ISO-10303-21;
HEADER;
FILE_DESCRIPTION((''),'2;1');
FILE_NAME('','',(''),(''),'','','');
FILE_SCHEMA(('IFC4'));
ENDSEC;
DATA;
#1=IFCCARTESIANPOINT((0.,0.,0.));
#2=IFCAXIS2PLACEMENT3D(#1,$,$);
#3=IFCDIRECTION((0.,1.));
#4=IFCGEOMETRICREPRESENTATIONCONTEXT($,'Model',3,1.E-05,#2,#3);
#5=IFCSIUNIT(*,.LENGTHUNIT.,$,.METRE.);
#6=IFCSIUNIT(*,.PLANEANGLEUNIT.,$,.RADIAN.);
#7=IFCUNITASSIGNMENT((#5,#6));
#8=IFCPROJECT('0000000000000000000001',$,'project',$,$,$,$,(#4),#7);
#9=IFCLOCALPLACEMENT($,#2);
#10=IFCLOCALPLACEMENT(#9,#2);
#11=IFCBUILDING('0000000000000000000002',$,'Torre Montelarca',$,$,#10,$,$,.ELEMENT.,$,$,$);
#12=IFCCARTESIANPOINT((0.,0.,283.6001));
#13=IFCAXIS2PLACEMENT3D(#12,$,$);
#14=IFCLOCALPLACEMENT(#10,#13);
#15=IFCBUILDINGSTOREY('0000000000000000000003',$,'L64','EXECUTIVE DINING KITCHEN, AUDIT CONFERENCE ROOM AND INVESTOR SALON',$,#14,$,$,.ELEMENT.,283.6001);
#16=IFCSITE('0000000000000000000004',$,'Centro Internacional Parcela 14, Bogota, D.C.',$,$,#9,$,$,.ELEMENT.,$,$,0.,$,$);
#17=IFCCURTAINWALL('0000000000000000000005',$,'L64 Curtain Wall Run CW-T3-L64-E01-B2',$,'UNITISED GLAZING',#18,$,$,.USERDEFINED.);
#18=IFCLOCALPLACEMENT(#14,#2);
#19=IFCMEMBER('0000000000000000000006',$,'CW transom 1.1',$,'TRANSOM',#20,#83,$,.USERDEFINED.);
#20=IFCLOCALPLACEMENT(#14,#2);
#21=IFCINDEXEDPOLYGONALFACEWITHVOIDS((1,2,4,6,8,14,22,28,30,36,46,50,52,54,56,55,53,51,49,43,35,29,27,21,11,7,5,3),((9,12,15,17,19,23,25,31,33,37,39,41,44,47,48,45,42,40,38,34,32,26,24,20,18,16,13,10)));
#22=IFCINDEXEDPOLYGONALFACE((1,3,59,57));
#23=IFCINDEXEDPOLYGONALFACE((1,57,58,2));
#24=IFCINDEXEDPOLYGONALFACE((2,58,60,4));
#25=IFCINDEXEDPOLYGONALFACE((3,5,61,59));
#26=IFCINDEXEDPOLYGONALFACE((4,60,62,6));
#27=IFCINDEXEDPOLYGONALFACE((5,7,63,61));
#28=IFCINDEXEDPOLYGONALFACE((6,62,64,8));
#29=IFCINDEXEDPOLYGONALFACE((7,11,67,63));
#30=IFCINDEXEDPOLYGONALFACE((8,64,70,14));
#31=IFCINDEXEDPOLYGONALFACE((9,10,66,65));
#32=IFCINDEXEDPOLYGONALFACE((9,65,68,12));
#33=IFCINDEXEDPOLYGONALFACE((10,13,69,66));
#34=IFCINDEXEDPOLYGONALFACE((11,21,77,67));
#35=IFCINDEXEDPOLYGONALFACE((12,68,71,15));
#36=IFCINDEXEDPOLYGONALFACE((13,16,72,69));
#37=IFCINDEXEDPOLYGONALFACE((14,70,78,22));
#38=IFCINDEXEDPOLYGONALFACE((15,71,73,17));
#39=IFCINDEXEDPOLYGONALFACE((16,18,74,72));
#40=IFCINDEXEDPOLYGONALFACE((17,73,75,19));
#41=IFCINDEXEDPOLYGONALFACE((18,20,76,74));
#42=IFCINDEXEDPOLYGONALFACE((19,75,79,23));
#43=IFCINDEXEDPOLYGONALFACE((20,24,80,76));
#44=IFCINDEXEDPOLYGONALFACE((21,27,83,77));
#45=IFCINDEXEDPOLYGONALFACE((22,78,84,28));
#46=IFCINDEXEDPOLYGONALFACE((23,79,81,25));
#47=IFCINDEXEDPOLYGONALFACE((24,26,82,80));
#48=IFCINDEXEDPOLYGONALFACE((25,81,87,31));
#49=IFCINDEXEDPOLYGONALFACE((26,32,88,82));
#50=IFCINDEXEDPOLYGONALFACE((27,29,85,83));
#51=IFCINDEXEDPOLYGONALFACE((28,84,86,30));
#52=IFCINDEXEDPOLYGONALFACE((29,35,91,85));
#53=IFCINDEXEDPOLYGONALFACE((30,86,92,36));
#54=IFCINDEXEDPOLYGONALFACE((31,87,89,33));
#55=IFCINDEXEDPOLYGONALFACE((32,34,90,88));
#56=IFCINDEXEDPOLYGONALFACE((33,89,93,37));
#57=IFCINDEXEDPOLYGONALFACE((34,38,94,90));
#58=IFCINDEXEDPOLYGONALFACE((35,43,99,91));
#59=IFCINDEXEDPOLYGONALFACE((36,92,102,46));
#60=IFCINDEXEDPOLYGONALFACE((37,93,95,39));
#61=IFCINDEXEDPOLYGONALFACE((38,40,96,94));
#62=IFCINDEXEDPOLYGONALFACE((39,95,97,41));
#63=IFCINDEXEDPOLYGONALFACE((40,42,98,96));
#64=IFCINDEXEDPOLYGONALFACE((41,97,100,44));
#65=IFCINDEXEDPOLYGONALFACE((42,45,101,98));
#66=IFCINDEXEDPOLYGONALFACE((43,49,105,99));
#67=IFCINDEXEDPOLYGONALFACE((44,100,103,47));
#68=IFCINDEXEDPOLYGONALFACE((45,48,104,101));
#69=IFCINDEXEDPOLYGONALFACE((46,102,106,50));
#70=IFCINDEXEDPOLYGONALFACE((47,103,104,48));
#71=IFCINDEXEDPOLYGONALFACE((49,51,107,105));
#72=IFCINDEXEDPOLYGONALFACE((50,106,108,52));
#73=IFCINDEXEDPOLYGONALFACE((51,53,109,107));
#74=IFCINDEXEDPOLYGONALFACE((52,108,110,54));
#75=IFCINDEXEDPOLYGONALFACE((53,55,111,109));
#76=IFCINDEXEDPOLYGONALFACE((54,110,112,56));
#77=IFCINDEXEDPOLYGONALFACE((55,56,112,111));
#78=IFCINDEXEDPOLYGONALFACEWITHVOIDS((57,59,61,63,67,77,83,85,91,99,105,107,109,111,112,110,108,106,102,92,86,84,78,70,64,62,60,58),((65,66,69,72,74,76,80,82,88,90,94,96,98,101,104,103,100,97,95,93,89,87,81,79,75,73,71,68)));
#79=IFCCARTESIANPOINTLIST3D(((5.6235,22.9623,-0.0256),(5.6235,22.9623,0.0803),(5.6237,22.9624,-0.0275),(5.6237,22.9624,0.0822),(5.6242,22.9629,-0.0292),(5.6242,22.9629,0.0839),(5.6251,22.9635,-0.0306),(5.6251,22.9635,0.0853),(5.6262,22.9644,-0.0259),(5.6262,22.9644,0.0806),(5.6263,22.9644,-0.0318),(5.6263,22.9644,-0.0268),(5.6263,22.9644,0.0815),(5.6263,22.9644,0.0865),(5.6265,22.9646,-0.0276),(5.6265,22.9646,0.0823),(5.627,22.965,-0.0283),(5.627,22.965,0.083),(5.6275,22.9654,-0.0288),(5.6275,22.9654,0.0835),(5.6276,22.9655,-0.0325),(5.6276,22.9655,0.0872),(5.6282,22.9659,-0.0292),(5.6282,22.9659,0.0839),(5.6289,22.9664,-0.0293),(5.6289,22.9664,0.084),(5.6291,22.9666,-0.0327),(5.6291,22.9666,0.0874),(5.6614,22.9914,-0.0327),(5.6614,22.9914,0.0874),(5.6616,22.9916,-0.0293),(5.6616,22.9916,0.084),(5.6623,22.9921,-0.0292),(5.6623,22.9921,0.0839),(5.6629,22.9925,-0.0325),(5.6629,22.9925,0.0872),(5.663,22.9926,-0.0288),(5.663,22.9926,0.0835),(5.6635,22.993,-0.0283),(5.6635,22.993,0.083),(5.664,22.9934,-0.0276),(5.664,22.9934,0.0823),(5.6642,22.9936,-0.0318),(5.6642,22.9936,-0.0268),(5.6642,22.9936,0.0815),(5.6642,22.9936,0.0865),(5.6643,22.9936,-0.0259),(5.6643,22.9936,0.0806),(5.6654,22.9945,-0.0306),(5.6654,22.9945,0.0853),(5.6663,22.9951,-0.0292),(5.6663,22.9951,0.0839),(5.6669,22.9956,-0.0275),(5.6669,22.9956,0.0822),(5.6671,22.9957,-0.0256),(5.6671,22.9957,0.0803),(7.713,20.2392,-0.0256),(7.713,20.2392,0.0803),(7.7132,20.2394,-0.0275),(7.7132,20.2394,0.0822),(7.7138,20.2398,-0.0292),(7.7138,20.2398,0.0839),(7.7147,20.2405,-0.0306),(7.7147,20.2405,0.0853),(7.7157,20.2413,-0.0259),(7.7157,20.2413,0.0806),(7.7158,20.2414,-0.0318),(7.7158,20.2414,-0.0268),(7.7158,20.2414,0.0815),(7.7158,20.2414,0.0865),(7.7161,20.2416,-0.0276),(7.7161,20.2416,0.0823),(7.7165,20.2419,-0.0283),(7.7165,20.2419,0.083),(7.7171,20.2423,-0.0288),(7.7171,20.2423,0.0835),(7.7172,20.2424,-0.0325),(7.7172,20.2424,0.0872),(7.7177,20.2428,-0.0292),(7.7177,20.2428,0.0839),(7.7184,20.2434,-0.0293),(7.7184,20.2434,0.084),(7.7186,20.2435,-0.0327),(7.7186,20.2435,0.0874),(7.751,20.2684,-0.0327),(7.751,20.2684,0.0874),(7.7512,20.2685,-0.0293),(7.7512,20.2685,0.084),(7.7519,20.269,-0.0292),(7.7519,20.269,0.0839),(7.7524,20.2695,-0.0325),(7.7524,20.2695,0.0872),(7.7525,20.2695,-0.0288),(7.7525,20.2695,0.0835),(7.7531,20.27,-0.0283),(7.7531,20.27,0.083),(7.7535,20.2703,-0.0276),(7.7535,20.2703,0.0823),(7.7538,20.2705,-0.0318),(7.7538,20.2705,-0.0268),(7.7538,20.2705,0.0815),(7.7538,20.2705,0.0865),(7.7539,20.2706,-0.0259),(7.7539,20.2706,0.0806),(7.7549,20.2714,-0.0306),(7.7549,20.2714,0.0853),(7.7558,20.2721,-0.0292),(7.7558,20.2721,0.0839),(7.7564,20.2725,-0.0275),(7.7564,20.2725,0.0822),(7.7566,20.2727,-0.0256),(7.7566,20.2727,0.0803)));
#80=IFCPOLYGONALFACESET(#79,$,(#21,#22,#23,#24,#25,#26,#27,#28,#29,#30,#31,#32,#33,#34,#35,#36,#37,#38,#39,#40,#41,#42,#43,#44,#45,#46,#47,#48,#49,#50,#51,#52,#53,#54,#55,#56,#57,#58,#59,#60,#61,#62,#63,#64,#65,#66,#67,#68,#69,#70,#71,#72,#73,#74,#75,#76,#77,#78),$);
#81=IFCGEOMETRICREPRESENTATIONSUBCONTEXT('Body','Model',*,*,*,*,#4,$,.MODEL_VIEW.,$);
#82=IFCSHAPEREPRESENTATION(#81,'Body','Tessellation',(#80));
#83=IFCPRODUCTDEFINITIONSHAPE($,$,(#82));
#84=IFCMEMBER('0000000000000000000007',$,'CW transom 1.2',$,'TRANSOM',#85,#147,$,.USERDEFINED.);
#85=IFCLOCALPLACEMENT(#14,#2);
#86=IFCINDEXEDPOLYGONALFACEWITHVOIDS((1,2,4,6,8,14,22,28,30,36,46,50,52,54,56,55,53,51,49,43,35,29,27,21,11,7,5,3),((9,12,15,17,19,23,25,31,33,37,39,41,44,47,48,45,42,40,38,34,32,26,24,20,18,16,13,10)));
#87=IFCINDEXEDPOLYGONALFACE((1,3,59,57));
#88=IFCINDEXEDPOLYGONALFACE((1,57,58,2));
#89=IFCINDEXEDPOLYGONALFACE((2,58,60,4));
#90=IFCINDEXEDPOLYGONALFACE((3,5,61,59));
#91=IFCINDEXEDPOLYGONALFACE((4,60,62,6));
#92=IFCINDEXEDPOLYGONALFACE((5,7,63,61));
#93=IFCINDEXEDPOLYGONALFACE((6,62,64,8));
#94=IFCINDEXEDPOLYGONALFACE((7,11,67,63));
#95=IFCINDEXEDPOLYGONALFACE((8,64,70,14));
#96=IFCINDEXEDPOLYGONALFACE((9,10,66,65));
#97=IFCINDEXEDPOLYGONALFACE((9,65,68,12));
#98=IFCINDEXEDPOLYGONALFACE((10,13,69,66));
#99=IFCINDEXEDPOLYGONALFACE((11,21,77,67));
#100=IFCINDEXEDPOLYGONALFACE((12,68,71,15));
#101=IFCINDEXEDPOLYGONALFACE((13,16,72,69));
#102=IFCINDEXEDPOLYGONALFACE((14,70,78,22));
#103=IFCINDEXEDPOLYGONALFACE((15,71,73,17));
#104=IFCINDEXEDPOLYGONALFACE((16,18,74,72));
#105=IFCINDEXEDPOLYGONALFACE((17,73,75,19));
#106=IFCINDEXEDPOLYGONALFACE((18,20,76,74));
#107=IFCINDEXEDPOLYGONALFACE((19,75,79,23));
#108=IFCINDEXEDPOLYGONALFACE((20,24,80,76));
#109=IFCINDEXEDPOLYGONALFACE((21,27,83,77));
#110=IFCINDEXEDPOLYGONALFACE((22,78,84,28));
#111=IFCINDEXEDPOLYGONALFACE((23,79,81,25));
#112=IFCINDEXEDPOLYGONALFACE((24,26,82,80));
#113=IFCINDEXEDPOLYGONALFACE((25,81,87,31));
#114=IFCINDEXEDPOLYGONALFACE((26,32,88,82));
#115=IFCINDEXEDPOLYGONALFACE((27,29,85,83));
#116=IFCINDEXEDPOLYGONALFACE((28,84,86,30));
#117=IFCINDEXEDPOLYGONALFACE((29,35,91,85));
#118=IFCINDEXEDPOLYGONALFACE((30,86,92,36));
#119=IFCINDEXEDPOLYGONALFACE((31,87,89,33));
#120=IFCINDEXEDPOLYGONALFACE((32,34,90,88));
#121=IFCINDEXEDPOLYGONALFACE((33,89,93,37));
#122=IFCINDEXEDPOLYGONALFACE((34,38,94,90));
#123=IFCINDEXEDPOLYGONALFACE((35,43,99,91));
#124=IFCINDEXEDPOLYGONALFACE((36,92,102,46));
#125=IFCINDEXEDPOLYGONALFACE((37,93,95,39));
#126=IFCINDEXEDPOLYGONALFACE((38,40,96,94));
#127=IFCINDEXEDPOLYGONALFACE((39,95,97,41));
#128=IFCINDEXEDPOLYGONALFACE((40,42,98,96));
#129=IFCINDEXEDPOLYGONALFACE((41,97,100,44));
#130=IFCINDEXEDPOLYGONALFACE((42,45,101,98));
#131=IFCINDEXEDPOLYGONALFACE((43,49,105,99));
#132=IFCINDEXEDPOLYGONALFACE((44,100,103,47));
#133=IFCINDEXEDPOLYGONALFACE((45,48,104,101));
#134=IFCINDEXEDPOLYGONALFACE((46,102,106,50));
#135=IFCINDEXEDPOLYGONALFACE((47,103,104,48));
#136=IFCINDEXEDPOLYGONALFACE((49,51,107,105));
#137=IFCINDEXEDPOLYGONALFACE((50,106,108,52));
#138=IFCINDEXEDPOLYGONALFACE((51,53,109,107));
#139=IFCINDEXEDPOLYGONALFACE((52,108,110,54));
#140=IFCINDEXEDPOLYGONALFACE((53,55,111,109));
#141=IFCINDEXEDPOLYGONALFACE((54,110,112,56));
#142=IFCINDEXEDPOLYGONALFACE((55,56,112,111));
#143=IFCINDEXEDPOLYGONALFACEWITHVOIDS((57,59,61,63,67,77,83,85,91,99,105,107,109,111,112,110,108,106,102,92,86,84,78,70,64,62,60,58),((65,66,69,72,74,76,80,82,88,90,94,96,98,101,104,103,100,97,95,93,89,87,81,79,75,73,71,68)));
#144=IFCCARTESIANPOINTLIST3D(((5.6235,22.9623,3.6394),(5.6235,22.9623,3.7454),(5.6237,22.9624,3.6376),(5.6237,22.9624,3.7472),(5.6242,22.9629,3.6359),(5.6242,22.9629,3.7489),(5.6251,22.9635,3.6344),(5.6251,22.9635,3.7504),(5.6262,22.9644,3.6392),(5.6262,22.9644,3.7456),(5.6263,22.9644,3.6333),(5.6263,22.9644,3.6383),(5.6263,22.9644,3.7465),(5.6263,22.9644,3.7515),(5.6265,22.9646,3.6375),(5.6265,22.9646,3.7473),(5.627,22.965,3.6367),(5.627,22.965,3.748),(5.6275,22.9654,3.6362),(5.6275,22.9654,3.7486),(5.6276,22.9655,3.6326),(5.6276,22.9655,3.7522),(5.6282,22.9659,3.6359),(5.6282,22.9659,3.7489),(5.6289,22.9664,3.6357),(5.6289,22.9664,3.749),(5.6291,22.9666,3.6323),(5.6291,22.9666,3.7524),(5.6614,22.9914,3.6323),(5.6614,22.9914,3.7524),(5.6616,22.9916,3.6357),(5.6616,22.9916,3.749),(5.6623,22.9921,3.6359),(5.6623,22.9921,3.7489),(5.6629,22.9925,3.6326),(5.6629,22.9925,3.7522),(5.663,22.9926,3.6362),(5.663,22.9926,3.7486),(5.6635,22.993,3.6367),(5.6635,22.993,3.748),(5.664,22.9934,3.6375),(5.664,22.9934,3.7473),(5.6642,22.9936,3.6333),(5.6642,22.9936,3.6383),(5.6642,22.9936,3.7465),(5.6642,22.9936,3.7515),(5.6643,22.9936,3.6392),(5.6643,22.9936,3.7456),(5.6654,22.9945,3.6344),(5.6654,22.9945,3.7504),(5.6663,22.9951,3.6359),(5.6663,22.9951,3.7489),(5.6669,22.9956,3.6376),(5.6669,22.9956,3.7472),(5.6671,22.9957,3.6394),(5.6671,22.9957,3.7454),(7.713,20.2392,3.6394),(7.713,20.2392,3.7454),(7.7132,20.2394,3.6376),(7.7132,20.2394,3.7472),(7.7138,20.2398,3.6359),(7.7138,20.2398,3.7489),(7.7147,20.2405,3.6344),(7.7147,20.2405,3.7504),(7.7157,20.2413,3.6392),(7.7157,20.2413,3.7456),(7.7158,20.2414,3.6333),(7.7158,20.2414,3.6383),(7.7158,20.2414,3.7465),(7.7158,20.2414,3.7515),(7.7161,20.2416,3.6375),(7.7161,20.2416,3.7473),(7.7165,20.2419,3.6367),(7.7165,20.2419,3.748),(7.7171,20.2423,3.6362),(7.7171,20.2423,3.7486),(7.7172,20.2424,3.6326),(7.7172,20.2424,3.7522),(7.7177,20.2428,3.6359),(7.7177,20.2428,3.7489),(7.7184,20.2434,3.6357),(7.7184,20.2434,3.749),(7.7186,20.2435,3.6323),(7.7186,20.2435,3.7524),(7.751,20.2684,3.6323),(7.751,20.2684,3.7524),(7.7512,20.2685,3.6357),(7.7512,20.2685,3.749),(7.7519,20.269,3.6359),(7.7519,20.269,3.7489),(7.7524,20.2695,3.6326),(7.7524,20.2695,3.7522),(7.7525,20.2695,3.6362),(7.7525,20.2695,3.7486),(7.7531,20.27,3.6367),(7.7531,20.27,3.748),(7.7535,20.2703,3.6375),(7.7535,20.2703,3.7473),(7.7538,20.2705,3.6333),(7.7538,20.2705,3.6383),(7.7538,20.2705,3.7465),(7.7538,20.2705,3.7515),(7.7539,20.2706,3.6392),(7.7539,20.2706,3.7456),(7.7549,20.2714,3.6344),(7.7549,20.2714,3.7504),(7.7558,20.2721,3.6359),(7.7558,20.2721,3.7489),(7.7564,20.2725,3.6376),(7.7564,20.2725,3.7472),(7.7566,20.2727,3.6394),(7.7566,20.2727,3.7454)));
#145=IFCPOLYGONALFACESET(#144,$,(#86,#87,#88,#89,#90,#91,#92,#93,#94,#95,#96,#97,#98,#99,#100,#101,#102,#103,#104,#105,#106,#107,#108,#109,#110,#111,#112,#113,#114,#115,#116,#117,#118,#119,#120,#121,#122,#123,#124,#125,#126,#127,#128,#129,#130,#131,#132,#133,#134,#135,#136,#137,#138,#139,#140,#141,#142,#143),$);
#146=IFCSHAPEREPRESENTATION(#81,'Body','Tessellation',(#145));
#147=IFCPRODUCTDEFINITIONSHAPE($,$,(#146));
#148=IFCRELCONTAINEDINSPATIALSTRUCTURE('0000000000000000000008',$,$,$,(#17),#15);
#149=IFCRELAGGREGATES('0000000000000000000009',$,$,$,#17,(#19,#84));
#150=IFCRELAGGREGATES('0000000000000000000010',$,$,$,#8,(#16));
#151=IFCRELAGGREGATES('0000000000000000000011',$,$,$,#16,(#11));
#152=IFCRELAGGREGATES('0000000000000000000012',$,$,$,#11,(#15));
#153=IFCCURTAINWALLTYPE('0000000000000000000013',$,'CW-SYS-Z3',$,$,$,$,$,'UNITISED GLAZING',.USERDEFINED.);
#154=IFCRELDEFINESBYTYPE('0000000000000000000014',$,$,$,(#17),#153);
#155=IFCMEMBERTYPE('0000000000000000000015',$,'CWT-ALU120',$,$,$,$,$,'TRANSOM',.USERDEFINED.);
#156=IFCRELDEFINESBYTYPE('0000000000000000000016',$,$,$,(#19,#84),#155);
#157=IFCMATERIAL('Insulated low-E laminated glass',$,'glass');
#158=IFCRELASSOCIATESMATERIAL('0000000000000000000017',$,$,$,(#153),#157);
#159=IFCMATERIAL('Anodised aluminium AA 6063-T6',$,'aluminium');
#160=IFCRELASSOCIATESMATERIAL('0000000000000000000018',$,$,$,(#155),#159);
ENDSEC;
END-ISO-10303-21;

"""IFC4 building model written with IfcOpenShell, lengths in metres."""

from ifc_helpers import new_model, si_unit, direction, frame, origin, origin_2d, place, context, subcontext, project, spatial, hollow_rectangle, extrude, source, transform, mapped, material, material_profile, profile_set, type_object, element, aggregate, save


model = new_model("IFC4")

# Units and contexts
model_context = context("Model", 3, precision=1e-05, world=origin(), true_north=direction((0.0, 1.0)))
body_context = subcontext(model_context, "Body", "Model", "MODEL_VIEW")
ifc_project = project(units=[si_unit("LENGTHUNIT", "METRE"), si_unit("PLANEANGLEUNIT", "RADIAN")], contexts=[model_context])

# Site, building, storey
site_placement = place(None, origin())
site = spatial("IfcSite", under=ifc_project, at=site_placement, Name="Centro Internacional Parcela 14, Bogota, D.C.", CompositionType="ELEMENT", RefElevation=0.0)
building_placement = place(site_placement, origin())
building = spatial("IfcBuilding", under=site, at=building_placement, Name="Torre Montelarca", CompositionType="ELEMENT")
storey_placement = place(building_placement, frame((0.0, 0.0, 283.6001)))
storey = spatial("IfcBuildingStorey", under=building, at=storey_placement, Name="L64", Description="EXECUTIVE DINING KITCHEN, AUDIT CONFERENCE ROOM AND INVESTOR SALON", CompositionType="ELEMENT", Elevation=283.6001)

# Curtain wall
ifc_material_1 = material(Name="Insulated low-E laminated glass", Category="glass")
curtain_wall_type = type_object("IfcCurtainWallType", Name="CW-SYS-Z3", ElementType="UNITISED GLAZING", PredefinedType="USERDEFINED", material=ifc_material_1)
ifc_material_2 = material(Name="Anodised aluminium AA 6063-T6", Category="aluminium")
curtain_wall_1_placement = place(storey_placement, origin())
curtain_wall_1 = element("IfcCurtainWall", 1, at=curtain_wall_1_placement, inside=storey, type_object=curtain_wall_type, Name="L64 Curtain Wall Run CW-T3-L64-E01-B2", ObjectType="UNITISED GLAZING", PredefinedType="USERDEFINED")

# Members
ifc_material_profile_1 = material_profile(ifc_material_2, hollow_rectangle(XDim=0.0549, YDim=0.1201, WallThickness=0.0034, InnerFilletRadius=0.0034, OuterFilletRadius=0.0071, at=origin_2d()), Name="ALU55X120X3.5", Category="aluminium")
ifc_profile_set_1 = profile_set([ifc_material_profile_1], Name="Anodised aluminium AA 6063-T6")
member_type_1 = type_object("IfcMemberType", Name="CWT-ALU120", ElementType="TRANSOM", PredefinedType="USERDEFINED", material=ifc_profile_set_1)
shared_shape_1 = source(origin(), body_context, "Body", "SweptSolid", [
    extrude(hollow_rectangle(XDim=0.0549, YDim=0.1201, WallThickness=0.0034, InnerFilletRadius=0.0034, OuterFilletRadius=0.0071, at=origin_2d()), origin(), (0.0, 0.0, 1.0), 3.4324),
])
member_1_placement = place(storey_placement, frame((5.6453, 22.979, 0.0273), z_axis=(0.608772, -0.793345, 0.0), x_axis=(0.793345, 0.608772, 0.0)))
member_1 = element("IfcMember", 2, at=member_1_placement, type_object=member_type_1, Name="CW transom 1.1", ObjectType="TRANSOM", PredefinedType="USERDEFINED", context=body_context, shape_type="MappedRepresentation", body=[
    mapped(shared_shape_1, transform((0.0, 0.0, 0.0), scale=1.0)),
])
member_2_placement = place(storey_placement, frame((5.6453, 22.979, 3.6924), z_axis=(0.608772, -0.793345, 0.0), x_axis=(0.793345, 0.608772, 0.0)))
member_2 = element("IfcMember", 3, at=member_2_placement, type_object=member_type_1, Name="CW transom 1.2", ObjectType="TRANSOM", PredefinedType="USERDEFINED", context=body_context, shape_type="MappedRepresentation", body=[
    mapped(shared_shape_1, transform((0.0, 0.0, 0.0), scale=1.0)),
])

aggregate(curtain_wall_1, [member_1, member_2])

save(model, "model.ifc")
